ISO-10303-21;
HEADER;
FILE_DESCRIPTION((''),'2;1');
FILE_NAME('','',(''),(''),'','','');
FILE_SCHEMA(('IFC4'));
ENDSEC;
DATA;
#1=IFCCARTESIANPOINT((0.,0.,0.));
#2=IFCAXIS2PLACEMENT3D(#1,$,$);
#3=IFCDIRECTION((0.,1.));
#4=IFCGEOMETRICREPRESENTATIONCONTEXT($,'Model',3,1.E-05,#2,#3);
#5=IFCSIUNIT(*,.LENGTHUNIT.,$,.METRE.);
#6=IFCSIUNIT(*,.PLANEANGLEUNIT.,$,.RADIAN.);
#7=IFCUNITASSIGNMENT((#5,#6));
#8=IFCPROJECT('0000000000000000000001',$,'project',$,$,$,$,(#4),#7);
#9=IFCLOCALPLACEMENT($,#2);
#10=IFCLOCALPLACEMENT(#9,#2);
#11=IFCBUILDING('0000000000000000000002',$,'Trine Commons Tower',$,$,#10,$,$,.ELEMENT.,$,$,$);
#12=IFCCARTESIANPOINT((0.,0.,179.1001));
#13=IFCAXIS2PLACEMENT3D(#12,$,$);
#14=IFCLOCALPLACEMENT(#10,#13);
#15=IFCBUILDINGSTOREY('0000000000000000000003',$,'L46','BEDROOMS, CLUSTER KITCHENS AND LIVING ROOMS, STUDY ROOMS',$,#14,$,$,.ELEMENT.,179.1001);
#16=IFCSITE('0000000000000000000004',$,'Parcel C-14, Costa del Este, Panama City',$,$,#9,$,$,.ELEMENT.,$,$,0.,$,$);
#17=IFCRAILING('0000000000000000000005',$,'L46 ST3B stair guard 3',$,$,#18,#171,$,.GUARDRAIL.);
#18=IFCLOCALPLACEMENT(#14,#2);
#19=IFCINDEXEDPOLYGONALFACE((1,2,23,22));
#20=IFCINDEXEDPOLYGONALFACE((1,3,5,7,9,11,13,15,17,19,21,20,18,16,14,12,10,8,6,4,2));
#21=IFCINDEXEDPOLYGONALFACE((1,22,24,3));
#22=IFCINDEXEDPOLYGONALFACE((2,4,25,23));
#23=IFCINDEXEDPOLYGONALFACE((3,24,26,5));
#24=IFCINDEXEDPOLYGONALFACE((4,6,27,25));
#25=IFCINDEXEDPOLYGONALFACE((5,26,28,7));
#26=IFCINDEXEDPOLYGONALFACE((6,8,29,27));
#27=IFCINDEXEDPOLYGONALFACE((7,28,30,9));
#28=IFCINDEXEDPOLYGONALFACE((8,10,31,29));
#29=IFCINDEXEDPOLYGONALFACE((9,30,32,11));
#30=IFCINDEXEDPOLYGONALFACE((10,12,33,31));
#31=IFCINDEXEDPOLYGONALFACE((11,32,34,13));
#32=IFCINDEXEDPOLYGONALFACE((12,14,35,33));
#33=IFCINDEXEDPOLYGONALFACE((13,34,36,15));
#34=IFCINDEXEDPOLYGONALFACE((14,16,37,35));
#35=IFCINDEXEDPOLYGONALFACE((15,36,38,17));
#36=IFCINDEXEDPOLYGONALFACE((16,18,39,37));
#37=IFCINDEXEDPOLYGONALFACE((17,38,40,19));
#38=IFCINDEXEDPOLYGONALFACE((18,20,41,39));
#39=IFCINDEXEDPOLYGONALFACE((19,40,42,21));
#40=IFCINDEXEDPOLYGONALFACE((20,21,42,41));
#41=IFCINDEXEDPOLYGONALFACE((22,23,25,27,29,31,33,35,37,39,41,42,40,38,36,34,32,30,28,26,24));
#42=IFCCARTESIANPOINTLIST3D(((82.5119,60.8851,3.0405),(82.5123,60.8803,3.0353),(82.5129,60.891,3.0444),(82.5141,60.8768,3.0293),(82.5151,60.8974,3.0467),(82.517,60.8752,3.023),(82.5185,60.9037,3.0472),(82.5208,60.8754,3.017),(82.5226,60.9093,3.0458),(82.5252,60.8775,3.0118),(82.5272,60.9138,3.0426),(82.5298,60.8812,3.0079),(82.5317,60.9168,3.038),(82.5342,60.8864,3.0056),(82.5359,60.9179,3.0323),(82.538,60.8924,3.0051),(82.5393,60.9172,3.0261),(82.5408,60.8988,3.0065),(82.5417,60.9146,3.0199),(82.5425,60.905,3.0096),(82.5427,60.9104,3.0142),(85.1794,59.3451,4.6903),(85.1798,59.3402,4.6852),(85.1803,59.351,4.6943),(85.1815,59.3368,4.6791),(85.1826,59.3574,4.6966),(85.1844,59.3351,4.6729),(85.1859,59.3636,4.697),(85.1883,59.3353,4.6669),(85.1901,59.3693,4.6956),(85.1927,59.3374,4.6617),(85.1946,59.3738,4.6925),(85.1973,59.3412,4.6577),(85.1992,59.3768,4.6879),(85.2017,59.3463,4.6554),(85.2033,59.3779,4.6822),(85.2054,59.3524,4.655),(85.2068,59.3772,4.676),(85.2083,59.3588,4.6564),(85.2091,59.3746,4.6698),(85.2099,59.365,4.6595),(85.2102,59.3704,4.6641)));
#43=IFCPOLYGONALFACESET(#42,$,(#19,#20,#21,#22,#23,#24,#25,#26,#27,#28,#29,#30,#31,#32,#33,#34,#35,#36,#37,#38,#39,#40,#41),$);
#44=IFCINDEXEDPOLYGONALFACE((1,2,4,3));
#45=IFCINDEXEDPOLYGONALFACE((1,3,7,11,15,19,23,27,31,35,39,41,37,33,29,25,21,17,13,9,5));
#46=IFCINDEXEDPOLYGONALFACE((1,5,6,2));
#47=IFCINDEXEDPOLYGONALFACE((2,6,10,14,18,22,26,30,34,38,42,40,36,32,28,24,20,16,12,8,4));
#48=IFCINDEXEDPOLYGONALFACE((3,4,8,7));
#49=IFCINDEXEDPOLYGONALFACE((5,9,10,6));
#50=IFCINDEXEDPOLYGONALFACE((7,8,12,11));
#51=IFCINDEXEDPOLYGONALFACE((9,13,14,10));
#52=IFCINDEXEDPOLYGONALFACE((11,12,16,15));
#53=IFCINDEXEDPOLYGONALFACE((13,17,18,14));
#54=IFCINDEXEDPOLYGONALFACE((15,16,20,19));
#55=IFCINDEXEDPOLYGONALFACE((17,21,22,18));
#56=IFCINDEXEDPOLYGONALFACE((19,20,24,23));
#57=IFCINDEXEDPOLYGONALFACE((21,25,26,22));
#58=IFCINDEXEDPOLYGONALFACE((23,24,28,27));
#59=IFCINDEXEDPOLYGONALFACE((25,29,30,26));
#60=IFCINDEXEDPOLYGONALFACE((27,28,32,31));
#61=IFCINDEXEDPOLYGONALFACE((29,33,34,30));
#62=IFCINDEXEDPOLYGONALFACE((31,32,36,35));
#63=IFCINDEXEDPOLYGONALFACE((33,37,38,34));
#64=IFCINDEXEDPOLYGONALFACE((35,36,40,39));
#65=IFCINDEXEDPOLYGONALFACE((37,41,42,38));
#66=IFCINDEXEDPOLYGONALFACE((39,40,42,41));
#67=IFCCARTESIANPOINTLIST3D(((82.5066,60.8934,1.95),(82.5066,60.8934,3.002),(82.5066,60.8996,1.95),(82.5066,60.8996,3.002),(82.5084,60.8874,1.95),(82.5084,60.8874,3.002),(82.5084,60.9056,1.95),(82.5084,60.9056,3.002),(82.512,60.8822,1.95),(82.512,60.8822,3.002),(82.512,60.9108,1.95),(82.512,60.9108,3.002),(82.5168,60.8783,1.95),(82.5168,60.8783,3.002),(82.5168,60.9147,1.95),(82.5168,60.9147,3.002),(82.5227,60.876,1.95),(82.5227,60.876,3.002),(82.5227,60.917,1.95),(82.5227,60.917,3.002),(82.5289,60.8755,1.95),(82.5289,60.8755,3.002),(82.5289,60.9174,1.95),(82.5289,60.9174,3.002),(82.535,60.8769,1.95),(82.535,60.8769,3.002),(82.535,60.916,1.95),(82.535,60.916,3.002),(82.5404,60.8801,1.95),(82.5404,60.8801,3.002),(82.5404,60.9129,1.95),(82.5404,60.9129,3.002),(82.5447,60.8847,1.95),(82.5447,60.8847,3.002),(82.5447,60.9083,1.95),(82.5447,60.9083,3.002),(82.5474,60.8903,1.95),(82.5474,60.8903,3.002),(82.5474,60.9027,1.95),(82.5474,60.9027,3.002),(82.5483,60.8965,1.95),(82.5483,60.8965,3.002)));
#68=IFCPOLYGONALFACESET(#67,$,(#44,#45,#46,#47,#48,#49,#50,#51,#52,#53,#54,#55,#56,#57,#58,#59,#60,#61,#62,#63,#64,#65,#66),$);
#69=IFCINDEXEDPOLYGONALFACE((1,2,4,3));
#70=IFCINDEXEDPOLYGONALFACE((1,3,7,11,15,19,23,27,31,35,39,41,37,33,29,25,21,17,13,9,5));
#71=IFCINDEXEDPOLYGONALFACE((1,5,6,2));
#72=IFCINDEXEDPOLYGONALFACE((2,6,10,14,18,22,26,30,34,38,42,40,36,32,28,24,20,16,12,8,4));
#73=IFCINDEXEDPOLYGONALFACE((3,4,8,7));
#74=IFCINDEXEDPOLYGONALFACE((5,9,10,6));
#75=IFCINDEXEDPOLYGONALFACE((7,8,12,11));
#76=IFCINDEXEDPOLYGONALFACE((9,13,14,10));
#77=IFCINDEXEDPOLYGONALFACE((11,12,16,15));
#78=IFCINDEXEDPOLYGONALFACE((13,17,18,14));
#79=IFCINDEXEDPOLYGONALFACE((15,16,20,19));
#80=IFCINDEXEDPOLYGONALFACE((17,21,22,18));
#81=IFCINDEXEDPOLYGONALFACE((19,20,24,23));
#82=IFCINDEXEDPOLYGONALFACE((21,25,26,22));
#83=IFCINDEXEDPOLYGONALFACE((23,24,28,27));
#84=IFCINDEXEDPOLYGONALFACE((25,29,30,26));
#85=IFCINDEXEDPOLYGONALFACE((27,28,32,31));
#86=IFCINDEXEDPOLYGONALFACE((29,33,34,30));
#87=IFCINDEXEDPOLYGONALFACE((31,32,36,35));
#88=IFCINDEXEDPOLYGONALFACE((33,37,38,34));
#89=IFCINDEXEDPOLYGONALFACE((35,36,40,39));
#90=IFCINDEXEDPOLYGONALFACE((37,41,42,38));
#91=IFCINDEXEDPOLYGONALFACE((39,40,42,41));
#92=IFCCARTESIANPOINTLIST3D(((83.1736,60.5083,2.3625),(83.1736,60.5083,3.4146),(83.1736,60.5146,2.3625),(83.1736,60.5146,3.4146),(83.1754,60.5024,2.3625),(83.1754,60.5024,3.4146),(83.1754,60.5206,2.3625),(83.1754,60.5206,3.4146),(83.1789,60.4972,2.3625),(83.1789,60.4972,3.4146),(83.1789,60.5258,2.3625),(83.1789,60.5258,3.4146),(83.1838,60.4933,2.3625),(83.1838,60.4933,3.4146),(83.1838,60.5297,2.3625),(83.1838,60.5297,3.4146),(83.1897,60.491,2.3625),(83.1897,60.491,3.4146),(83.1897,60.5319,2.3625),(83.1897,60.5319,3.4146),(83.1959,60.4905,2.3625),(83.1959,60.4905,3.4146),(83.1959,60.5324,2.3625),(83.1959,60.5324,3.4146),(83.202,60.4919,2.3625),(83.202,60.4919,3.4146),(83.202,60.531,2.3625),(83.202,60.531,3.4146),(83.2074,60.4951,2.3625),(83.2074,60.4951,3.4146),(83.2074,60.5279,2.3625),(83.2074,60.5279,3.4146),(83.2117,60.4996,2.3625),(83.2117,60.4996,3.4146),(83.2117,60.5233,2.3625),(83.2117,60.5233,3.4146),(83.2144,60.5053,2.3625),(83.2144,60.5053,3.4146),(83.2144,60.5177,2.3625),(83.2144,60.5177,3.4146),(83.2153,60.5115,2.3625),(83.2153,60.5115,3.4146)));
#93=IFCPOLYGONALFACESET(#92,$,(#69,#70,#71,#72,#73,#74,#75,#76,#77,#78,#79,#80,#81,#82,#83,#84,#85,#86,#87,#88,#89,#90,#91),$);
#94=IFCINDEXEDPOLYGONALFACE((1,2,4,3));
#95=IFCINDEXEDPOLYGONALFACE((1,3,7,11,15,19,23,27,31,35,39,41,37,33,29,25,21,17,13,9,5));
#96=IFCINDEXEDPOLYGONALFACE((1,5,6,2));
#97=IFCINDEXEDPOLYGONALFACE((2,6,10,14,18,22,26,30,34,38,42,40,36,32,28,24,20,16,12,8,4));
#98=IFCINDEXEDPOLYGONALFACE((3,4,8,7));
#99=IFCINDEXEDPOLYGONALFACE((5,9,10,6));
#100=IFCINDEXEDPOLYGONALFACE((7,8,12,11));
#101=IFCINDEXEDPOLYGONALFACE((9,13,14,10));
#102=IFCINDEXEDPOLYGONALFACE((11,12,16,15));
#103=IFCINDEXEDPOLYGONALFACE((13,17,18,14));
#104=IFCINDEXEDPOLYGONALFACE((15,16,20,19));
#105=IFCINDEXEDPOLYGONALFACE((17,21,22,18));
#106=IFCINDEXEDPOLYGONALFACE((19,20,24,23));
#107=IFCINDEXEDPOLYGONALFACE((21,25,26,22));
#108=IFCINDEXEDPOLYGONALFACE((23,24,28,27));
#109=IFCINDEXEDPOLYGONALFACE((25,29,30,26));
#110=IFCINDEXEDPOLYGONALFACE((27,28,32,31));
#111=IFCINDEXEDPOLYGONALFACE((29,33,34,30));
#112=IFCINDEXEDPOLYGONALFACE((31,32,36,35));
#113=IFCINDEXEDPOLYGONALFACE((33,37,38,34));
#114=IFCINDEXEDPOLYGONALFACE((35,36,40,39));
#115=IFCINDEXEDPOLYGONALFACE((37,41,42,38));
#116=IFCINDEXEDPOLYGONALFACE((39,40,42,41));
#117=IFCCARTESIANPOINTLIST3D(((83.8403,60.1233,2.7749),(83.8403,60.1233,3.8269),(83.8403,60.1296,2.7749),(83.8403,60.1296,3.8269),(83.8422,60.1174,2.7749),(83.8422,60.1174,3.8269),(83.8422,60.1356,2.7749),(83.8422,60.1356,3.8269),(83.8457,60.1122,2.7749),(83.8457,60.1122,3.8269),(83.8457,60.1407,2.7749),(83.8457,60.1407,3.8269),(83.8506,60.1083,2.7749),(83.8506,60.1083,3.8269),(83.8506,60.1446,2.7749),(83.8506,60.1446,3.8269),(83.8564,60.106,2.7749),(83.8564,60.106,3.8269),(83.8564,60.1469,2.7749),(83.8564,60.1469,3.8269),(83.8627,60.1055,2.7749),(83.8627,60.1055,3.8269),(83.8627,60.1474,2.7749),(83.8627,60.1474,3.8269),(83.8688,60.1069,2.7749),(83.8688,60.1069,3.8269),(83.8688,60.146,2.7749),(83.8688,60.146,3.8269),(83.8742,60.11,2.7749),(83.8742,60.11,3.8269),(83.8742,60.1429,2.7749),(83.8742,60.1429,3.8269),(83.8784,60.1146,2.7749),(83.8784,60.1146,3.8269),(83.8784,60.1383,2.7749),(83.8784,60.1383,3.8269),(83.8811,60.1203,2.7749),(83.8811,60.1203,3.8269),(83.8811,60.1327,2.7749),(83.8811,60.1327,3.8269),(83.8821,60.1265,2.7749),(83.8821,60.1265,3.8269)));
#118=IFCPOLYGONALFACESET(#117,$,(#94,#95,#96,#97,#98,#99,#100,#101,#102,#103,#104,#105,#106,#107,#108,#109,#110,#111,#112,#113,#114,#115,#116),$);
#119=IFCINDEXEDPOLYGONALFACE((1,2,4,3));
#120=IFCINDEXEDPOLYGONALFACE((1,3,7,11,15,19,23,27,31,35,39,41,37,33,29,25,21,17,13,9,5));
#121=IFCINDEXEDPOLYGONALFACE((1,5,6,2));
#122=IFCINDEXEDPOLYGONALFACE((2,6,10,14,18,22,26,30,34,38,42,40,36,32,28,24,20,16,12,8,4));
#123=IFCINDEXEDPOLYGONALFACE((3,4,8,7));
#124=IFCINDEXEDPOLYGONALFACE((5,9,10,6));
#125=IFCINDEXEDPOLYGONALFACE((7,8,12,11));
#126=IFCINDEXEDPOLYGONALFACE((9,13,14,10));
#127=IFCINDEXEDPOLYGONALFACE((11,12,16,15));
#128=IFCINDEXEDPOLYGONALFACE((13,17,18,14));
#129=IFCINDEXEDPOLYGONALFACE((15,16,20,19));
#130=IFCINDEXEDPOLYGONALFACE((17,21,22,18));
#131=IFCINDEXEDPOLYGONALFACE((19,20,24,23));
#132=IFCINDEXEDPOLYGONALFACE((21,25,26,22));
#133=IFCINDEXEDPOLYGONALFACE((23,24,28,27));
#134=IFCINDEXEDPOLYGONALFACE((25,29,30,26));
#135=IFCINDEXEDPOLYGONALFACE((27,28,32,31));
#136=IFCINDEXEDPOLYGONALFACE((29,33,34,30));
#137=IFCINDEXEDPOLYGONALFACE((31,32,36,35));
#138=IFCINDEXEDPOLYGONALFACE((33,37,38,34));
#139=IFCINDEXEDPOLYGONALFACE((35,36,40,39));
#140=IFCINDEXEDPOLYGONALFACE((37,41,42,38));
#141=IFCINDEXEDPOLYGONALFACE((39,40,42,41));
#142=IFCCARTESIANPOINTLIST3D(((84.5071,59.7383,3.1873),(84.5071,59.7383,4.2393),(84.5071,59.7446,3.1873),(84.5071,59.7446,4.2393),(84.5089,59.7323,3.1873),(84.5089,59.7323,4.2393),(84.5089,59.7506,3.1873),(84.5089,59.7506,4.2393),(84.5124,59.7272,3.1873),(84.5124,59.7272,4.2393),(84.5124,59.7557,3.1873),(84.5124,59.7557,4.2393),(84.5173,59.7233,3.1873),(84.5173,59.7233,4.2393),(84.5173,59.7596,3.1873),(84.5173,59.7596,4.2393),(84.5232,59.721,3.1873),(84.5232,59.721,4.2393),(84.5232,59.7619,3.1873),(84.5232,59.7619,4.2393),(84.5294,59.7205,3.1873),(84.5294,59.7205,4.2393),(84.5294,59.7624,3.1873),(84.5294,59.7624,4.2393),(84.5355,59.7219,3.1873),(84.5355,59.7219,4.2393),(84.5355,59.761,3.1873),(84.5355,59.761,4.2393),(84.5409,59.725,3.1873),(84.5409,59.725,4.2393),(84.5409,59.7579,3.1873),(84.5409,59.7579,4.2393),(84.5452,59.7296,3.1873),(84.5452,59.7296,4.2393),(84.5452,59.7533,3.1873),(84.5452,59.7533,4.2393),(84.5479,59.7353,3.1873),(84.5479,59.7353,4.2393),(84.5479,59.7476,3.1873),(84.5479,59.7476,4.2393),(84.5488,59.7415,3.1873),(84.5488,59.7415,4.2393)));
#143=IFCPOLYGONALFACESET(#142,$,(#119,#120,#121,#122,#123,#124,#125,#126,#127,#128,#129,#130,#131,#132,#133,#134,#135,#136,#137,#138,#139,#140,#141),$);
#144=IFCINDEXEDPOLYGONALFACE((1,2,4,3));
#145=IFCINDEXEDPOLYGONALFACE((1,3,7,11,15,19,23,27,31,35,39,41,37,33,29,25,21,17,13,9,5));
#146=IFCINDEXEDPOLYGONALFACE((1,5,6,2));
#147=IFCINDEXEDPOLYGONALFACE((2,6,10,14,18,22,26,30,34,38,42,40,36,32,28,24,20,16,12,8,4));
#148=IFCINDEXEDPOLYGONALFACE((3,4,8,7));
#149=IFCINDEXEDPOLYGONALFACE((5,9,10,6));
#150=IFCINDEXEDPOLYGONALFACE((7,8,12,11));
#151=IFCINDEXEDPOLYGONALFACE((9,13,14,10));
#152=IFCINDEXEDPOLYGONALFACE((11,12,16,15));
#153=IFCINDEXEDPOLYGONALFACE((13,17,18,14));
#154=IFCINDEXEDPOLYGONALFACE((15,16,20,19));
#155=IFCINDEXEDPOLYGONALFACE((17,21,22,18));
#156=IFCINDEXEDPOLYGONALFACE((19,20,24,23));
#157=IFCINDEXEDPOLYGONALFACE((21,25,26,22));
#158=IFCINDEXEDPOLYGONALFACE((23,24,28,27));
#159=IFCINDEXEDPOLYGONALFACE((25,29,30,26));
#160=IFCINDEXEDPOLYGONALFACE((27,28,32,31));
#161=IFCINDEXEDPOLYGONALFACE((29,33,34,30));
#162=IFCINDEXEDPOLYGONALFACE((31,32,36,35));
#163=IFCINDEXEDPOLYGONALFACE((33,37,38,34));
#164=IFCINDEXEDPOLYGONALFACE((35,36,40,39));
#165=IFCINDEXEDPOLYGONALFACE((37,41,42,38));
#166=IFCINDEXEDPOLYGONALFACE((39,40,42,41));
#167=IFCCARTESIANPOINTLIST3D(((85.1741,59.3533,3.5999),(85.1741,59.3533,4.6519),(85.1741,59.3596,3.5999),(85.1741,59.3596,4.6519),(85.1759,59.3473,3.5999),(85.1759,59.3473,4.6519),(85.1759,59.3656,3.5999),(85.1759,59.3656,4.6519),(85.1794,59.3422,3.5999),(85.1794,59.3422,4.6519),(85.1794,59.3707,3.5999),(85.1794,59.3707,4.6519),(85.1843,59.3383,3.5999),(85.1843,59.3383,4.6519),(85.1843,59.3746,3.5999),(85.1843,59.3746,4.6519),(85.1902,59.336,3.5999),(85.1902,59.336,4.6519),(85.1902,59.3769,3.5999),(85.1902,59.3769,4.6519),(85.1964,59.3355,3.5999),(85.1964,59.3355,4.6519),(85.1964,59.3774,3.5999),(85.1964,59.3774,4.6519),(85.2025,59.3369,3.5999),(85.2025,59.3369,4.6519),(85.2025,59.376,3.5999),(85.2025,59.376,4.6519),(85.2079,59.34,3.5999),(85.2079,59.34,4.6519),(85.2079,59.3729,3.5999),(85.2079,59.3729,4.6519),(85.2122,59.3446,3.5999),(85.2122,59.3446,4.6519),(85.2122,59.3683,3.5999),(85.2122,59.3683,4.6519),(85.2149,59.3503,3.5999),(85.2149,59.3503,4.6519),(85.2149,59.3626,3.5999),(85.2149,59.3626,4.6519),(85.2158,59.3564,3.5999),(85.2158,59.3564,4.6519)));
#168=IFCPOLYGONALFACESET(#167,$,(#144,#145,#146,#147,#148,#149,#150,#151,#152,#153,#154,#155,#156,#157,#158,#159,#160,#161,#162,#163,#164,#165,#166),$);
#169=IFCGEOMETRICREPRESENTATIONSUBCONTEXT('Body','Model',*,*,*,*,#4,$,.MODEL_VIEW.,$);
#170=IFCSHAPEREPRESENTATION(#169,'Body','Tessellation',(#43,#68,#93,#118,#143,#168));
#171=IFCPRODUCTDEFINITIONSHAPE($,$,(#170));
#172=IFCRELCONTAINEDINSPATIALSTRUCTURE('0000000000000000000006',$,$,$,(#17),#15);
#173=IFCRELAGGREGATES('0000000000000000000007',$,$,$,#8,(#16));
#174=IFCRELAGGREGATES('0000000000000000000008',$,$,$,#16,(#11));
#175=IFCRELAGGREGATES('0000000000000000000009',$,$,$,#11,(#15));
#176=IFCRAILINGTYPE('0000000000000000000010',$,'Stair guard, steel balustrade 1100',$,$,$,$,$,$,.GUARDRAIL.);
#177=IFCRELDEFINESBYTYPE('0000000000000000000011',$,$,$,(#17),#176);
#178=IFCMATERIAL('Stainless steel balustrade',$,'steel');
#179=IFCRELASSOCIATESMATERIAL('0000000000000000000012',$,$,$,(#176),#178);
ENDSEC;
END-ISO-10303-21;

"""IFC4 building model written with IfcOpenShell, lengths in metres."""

from ifc_helpers import new_model, si_unit, direction, frame, origin, origin_2d, place, context, subcontext, project, spatial, circle, extrude, material, type_object, element, save


model = new_model("IFC4")

# Units and contexts
model_context = context("Model", 3, precision=1e-05, world=origin(), true_north=direction((0.0, 1.0)))
body_context = subcontext(model_context, "Body", "Model", "MODEL_VIEW")
ifc_project = project(units=[si_unit("LENGTHUNIT", "METRE"), si_unit("PLANEANGLEUNIT", "RADIAN")], contexts=[model_context])

# Site, building, storey
site_placement = place(None, origin())
site = spatial("IfcSite", under=ifc_project, at=site_placement, Name="Parcel C-14, Costa del Este, Panama City", CompositionType="ELEMENT", RefElevation=0.0)
building_placement = place(site_placement, origin())
building = spatial("IfcBuilding", under=site, at=building_placement, Name="Trine Commons Tower", CompositionType="ELEMENT")
storey_placement = place(building_placement, frame((0.0, 0.0, 179.1001)))
storey = spatial("IfcBuildingStorey", under=building, at=storey_placement, Name="L46", Description="BEDROOMS, CLUSTER KITCHENS AND LIVING ROOMS, STUDY ROOMS", CompositionType="ELEMENT", Elevation=179.1001)

# Railing
ifc_material_1 = material(Name="Stainless steel balustrade", Category="steel")
railing_type_1 = type_object("IfcRailingType", Name="Stair guard, steel balustrade 1100", PredefinedType="GUARDRAIL", material=ifc_material_1)
railing_1_placement = place(storey_placement, frame((82.5273, 60.8965, 1.95)))
element("IfcRailing", 1, at=railing_1_placement, inside=storey, type_object=railing_type_1, Name="L46 ST3B stair guard 3", PredefinedType="GUARDRAIL", context=body_context, shape_type="SweptSolid", body=[
    extrude(circle(Radius=0.0239, at=origin_2d()), frame((0.0, 0.0, 1.0762), z_axis=(0.763405, -0.440743, 0.472185), x_axis=(0.499992, 0.86603, 0.0)), (0.0, 0.0, 1.0), 3.4941),
    extrude(circle(Radius=0.021, at=origin_2d()), origin(), (0.0, 0.0, 1.0), 1.052),
    extrude(circle(Radius=0.021, at=origin_2d()), frame((0.667, -0.385, 0.4126)), (0.0, 0.0, 1.0), 1.052),
    extrude(circle(Radius=0.021, at=origin_2d()), frame((1.3337, -0.77, 0.825)), (0.0, 0.0, 1.0), 1.052),
    extrude(circle(Radius=0.021, at=origin_2d()), frame((2.0005, -1.155, 1.2373)), (0.0, 0.0, 1.0), 1.052),
    extrude(circle(Radius=0.021, at=origin_2d()), frame((2.6675, -1.54, 1.6499)), (0.0, 0.0, 1.0), 1.052),
])

save(model, "model.ifc")
